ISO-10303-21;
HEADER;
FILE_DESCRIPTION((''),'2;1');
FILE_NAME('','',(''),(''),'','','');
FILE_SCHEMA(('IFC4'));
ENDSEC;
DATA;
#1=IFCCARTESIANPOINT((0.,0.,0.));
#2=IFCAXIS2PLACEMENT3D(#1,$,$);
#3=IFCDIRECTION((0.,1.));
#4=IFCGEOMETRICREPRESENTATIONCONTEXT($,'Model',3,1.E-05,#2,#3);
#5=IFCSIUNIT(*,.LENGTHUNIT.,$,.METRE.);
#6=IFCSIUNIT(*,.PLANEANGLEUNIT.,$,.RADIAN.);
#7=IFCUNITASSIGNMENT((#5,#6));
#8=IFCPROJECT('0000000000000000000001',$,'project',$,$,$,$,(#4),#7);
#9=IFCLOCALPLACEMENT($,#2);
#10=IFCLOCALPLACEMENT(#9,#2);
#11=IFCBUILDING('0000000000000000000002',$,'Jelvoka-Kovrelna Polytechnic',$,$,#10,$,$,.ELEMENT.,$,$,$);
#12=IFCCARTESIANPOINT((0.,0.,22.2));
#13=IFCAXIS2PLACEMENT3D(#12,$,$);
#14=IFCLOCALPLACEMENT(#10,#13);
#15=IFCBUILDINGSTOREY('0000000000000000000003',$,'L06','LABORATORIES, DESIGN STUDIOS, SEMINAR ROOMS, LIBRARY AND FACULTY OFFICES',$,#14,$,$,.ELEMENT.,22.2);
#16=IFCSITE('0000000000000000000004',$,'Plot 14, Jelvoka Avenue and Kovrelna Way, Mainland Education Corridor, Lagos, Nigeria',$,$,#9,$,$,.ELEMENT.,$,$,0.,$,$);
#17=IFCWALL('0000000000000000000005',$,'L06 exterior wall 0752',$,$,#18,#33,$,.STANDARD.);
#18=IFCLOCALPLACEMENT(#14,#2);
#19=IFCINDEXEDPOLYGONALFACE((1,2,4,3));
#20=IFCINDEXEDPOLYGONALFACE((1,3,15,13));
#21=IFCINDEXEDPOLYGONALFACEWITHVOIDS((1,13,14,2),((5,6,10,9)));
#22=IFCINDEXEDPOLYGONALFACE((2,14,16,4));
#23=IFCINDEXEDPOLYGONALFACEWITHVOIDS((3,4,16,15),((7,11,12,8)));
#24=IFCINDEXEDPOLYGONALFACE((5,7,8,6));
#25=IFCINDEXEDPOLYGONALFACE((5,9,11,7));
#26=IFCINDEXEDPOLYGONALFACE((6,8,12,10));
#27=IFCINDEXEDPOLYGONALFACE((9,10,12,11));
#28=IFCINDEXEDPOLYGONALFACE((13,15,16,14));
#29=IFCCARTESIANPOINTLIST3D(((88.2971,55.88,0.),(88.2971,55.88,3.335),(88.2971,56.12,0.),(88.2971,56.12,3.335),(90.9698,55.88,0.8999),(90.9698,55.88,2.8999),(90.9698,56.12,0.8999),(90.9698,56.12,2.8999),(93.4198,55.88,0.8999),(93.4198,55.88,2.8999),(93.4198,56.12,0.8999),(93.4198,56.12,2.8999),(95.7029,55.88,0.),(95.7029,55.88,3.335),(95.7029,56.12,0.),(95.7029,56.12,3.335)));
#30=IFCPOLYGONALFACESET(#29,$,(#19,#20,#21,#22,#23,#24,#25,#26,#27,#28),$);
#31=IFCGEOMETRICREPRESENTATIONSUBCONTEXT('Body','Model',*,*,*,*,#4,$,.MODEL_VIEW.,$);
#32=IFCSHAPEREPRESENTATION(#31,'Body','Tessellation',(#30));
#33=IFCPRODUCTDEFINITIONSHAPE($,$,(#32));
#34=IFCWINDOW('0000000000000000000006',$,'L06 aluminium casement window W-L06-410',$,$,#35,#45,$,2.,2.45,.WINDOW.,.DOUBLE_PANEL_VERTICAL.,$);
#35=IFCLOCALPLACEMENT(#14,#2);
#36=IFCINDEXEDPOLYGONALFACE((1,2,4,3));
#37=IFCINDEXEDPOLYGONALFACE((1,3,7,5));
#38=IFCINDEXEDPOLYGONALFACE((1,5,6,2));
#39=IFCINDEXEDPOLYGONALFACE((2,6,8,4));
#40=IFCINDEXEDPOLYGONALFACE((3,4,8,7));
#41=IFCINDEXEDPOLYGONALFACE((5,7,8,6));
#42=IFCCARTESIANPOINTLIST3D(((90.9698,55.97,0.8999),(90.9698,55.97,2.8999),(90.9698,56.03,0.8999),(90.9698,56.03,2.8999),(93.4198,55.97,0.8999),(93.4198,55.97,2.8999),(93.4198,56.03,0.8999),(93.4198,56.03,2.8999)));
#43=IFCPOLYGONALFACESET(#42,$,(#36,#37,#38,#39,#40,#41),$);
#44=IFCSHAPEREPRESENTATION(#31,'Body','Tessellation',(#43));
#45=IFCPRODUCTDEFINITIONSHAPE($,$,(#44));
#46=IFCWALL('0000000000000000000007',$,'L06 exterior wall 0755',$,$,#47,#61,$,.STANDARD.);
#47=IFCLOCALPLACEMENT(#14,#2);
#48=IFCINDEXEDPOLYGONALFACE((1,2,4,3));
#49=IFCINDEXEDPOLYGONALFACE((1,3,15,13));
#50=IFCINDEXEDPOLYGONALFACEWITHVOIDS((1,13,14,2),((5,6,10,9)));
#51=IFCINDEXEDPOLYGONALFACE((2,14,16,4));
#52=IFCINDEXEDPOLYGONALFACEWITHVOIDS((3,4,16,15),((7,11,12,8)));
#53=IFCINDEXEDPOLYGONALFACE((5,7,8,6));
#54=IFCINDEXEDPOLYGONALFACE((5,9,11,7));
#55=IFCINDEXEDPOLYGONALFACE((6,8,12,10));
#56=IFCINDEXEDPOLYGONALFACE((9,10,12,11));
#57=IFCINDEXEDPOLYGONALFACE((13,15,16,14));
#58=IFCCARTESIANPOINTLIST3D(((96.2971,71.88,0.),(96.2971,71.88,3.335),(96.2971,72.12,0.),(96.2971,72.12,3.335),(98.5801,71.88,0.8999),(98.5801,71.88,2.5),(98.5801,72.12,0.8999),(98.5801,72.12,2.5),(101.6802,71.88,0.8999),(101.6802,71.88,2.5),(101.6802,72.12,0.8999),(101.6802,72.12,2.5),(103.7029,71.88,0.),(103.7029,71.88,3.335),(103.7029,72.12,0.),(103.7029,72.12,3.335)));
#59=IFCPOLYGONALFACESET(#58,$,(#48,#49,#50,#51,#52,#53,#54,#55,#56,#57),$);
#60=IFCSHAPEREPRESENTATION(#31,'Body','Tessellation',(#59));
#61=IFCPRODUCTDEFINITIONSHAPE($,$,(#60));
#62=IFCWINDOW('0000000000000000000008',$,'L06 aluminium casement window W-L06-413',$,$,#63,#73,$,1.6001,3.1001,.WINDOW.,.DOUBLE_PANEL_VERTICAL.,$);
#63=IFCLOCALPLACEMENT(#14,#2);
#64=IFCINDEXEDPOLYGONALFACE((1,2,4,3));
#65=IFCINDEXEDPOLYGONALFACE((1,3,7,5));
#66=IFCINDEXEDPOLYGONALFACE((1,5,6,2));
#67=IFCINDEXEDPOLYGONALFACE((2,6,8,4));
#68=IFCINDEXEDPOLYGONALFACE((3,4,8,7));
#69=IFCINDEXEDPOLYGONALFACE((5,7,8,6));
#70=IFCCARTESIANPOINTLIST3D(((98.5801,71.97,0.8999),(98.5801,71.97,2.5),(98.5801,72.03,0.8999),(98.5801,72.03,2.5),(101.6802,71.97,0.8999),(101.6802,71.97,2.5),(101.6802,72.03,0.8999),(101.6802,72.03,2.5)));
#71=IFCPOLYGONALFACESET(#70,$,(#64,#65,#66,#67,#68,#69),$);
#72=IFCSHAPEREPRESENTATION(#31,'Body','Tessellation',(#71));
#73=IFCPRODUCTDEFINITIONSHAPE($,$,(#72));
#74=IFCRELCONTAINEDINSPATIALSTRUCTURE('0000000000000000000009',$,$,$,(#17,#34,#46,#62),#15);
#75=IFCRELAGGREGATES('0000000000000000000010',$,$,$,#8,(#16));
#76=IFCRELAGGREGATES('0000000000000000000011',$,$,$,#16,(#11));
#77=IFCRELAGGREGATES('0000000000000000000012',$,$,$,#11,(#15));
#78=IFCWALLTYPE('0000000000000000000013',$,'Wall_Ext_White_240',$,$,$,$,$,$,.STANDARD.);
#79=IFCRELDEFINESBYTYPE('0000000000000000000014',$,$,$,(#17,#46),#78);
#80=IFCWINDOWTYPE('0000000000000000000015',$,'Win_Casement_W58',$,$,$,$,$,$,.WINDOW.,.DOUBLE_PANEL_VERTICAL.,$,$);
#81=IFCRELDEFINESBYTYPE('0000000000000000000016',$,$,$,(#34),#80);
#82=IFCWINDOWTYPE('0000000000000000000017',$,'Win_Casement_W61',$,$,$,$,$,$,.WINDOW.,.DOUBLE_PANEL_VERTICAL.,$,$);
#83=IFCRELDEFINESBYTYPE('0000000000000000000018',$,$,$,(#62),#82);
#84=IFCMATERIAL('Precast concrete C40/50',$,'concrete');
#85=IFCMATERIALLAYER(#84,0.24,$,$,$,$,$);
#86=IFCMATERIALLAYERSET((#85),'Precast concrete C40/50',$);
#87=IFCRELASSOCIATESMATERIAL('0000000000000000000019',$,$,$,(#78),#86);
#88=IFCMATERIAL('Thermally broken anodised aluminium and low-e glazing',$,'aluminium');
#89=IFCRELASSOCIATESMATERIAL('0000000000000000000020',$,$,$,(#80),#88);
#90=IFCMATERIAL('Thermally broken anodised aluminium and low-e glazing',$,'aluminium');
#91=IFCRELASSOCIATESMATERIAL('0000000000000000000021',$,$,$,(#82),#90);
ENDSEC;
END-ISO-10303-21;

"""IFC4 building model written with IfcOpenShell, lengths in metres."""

from ifc_helpers import new_model, si_unit, direction, frame, frame_2d, origin, place, context, subcontext, project, spatial, rectangle, extrude, material, layer, layer_set, type_object, element, fill, save


model = new_model("IFC4")

# Units and contexts
model_context = context("Model", 3, precision=1e-05, world=origin(), true_north=direction((0.0, 1.0)))
body_context = subcontext(model_context, "Body", "Model", "MODEL_VIEW")
ifc_project = project(units=[si_unit("LENGTHUNIT", "METRE"), si_unit("PLANEANGLEUNIT", "RADIAN")], contexts=[model_context])

# Site, building, storey
site_placement = place(None, origin())
site = spatial("IfcSite", under=ifc_project, at=site_placement, Name="Plot 14, Jelvoka Avenue and Kovrelna Way, Mainland Education Corridor, Lagos, Nigeria", CompositionType="ELEMENT", RefElevation=0.0)
building_placement = place(site_placement, origin())
building = spatial("IfcBuilding", under=site, at=building_placement, Name="Jelvoka-Kovrelna Polytechnic", CompositionType="ELEMENT")
storey_placement = place(building_placement, frame((0.0, 0.0, 22.2)))
storey = spatial("IfcBuildingStorey", under=building, at=storey_placement, Name="L06", Description="LABORATORIES, DESIGN STUDIOS, SEMINAR ROOMS, LIBRARY AND FACULTY OFFICES", CompositionType="ELEMENT", Elevation=22.2)

# Walls, openings, windows
ifc_material_1 = material(Name="Precast concrete C40/50", Category="concrete")
ifc_layer_1 = layer(ifc_material_1, 0.24)
ifc_layer_set_1 = layer_set([ifc_layer_1], Name="Precast concrete C40/50")
wall_type_1 = type_object("IfcWallType", Name="Wall_Ext_White_240", PredefinedType="STANDARD", material=ifc_layer_set_1)
wall_1_placement = place(storey_placement, frame((95.7029, 56.0, 0.0), z_axis=(0.0, 0.0, 1.0), x_axis=(-1.0, 0.0, 0.0)))
wall_1 = element("IfcWall", 1, at=wall_1_placement, inside=storey, type_object=wall_type_1, Name="L06 exterior wall 0752", PredefinedType="STANDARD", context=body_context, shape_type="SweptSolid", body=[
    extrude(rectangle(XDim=7.4058, YDim=0.24, at=frame_2d((3.7029, 0.0))), origin(), (0.0, 0.0, 1.0), 3.335),
])
opening_1_placement = place(wall_1_placement, frame((2.283, 0.0, 0.8999)))
opening_1 = element("IfcOpeningElement", 2, at=opening_1_placement, cuts=wall_1, PredefinedType="OPENING", context=body_context, shape_type="SweptSolid", body=[
    extrude(rectangle(XDim=2.45, YDim=2.0, at=frame_2d((1.2251, 1.0))), frame((0.0, 0.1301, 0.0), z_axis=(0.0, -1.0, 0.0), x_axis=(1.0, 0.0, 0.0)), (0.0, 0.0, 1.0), 0.26),
])
ifc_material_2 = material(Name="Thermally broken anodised aluminium and low-e glazing", Category="aluminium")
window_type_1 = type_object("IfcWindowType", Name="Win_Casement_W58", PartitioningType="DOUBLE_PANEL_VERTICAL", PredefinedType="WINDOW", material=ifc_material_2)
window_1_placement = place(opening_1_placement, origin())
window_1 = element("IfcWindow", 3, at=window_1_placement, inside=storey, type_object=window_type_1, Name="L06 aluminium casement window W-L06-410", OverallHeight=2.0, OverallWidth=2.45, PartitioningType="DOUBLE_PANEL_VERTICAL", PredefinedType="WINDOW", context=body_context, shape_type="SweptSolid", body=[
    extrude(rectangle(XDim=2.45, YDim=2.0, at=frame_2d((1.2251, 1.0))), frame((0.0, 0.03, 0.0), z_axis=(0.0, -1.0, 0.0), x_axis=(1.0, 0.0, 0.0)), (0.0, 0.0, 1.0), 0.0601),
])
fill(opening_1, window_1)
wall_2_placement = place(storey_placement, frame((96.2971, 72.0, 0.0), z_axis=(0.0, 0.0, 1.0), x_axis=(1.0, 0.0, 0.0)))
wall_2 = element("IfcWall", 4, at=wall_2_placement, inside=storey, type_object=wall_type_1, Name="L06 exterior wall 0755", PredefinedType="STANDARD", context=body_context, shape_type="SweptSolid", body=[
    extrude(rectangle(XDim=7.4058, YDim=0.24, at=frame_2d((3.7029, 0.0))), origin(), (0.0, 0.0, 1.0), 3.335),
])
opening_2_placement = place(wall_2_placement, frame((2.283, 0.0, 0.8999)))
opening_2 = element("IfcOpeningElement", 5, at=opening_2_placement, cuts=wall_2, PredefinedType="OPENING", context=body_context, shape_type="SweptSolid", body=[
    extrude(rectangle(XDim=3.1001, YDim=1.6001, at=frame_2d((1.55, 0.8))), frame((0.0, 0.1301, 0.0), z_axis=(0.0, -1.0, 0.0), x_axis=(1.0, 0.0, 0.0)), (0.0, 0.0, 1.0), 0.26),
])
ifc_material_3 = material(Name="Thermally broken anodised aluminium and low-e glazing", Category="aluminium")
window_type_2 = type_object("IfcWindowType", Name="Win_Casement_W61", PartitioningType="DOUBLE_PANEL_VERTICAL", PredefinedType="WINDOW", material=ifc_material_3)
window_2_placement = place(opening_2_placement, origin())
window_2 = element("IfcWindow", 6, at=window_2_placement, inside=storey, type_object=window_type_2, Name="L06 aluminium casement window W-L06-413", OverallHeight=1.6001, OverallWidth=3.1001, PartitioningType="DOUBLE_PANEL_VERTICAL", PredefinedType="WINDOW", context=body_context, shape_type="SweptSolid", body=[
    extrude(rectangle(XDim=3.1001, YDim=1.6001, at=frame_2d((1.55, 0.8))), frame((0.0, 0.03, 0.0), z_axis=(0.0, -1.0, 0.0), x_axis=(1.0, 0.0, 0.0)), (0.0, 0.0, 1.0), 0.0601),
])
fill(opening_2, window_2)

save(model, "model.ifc")
